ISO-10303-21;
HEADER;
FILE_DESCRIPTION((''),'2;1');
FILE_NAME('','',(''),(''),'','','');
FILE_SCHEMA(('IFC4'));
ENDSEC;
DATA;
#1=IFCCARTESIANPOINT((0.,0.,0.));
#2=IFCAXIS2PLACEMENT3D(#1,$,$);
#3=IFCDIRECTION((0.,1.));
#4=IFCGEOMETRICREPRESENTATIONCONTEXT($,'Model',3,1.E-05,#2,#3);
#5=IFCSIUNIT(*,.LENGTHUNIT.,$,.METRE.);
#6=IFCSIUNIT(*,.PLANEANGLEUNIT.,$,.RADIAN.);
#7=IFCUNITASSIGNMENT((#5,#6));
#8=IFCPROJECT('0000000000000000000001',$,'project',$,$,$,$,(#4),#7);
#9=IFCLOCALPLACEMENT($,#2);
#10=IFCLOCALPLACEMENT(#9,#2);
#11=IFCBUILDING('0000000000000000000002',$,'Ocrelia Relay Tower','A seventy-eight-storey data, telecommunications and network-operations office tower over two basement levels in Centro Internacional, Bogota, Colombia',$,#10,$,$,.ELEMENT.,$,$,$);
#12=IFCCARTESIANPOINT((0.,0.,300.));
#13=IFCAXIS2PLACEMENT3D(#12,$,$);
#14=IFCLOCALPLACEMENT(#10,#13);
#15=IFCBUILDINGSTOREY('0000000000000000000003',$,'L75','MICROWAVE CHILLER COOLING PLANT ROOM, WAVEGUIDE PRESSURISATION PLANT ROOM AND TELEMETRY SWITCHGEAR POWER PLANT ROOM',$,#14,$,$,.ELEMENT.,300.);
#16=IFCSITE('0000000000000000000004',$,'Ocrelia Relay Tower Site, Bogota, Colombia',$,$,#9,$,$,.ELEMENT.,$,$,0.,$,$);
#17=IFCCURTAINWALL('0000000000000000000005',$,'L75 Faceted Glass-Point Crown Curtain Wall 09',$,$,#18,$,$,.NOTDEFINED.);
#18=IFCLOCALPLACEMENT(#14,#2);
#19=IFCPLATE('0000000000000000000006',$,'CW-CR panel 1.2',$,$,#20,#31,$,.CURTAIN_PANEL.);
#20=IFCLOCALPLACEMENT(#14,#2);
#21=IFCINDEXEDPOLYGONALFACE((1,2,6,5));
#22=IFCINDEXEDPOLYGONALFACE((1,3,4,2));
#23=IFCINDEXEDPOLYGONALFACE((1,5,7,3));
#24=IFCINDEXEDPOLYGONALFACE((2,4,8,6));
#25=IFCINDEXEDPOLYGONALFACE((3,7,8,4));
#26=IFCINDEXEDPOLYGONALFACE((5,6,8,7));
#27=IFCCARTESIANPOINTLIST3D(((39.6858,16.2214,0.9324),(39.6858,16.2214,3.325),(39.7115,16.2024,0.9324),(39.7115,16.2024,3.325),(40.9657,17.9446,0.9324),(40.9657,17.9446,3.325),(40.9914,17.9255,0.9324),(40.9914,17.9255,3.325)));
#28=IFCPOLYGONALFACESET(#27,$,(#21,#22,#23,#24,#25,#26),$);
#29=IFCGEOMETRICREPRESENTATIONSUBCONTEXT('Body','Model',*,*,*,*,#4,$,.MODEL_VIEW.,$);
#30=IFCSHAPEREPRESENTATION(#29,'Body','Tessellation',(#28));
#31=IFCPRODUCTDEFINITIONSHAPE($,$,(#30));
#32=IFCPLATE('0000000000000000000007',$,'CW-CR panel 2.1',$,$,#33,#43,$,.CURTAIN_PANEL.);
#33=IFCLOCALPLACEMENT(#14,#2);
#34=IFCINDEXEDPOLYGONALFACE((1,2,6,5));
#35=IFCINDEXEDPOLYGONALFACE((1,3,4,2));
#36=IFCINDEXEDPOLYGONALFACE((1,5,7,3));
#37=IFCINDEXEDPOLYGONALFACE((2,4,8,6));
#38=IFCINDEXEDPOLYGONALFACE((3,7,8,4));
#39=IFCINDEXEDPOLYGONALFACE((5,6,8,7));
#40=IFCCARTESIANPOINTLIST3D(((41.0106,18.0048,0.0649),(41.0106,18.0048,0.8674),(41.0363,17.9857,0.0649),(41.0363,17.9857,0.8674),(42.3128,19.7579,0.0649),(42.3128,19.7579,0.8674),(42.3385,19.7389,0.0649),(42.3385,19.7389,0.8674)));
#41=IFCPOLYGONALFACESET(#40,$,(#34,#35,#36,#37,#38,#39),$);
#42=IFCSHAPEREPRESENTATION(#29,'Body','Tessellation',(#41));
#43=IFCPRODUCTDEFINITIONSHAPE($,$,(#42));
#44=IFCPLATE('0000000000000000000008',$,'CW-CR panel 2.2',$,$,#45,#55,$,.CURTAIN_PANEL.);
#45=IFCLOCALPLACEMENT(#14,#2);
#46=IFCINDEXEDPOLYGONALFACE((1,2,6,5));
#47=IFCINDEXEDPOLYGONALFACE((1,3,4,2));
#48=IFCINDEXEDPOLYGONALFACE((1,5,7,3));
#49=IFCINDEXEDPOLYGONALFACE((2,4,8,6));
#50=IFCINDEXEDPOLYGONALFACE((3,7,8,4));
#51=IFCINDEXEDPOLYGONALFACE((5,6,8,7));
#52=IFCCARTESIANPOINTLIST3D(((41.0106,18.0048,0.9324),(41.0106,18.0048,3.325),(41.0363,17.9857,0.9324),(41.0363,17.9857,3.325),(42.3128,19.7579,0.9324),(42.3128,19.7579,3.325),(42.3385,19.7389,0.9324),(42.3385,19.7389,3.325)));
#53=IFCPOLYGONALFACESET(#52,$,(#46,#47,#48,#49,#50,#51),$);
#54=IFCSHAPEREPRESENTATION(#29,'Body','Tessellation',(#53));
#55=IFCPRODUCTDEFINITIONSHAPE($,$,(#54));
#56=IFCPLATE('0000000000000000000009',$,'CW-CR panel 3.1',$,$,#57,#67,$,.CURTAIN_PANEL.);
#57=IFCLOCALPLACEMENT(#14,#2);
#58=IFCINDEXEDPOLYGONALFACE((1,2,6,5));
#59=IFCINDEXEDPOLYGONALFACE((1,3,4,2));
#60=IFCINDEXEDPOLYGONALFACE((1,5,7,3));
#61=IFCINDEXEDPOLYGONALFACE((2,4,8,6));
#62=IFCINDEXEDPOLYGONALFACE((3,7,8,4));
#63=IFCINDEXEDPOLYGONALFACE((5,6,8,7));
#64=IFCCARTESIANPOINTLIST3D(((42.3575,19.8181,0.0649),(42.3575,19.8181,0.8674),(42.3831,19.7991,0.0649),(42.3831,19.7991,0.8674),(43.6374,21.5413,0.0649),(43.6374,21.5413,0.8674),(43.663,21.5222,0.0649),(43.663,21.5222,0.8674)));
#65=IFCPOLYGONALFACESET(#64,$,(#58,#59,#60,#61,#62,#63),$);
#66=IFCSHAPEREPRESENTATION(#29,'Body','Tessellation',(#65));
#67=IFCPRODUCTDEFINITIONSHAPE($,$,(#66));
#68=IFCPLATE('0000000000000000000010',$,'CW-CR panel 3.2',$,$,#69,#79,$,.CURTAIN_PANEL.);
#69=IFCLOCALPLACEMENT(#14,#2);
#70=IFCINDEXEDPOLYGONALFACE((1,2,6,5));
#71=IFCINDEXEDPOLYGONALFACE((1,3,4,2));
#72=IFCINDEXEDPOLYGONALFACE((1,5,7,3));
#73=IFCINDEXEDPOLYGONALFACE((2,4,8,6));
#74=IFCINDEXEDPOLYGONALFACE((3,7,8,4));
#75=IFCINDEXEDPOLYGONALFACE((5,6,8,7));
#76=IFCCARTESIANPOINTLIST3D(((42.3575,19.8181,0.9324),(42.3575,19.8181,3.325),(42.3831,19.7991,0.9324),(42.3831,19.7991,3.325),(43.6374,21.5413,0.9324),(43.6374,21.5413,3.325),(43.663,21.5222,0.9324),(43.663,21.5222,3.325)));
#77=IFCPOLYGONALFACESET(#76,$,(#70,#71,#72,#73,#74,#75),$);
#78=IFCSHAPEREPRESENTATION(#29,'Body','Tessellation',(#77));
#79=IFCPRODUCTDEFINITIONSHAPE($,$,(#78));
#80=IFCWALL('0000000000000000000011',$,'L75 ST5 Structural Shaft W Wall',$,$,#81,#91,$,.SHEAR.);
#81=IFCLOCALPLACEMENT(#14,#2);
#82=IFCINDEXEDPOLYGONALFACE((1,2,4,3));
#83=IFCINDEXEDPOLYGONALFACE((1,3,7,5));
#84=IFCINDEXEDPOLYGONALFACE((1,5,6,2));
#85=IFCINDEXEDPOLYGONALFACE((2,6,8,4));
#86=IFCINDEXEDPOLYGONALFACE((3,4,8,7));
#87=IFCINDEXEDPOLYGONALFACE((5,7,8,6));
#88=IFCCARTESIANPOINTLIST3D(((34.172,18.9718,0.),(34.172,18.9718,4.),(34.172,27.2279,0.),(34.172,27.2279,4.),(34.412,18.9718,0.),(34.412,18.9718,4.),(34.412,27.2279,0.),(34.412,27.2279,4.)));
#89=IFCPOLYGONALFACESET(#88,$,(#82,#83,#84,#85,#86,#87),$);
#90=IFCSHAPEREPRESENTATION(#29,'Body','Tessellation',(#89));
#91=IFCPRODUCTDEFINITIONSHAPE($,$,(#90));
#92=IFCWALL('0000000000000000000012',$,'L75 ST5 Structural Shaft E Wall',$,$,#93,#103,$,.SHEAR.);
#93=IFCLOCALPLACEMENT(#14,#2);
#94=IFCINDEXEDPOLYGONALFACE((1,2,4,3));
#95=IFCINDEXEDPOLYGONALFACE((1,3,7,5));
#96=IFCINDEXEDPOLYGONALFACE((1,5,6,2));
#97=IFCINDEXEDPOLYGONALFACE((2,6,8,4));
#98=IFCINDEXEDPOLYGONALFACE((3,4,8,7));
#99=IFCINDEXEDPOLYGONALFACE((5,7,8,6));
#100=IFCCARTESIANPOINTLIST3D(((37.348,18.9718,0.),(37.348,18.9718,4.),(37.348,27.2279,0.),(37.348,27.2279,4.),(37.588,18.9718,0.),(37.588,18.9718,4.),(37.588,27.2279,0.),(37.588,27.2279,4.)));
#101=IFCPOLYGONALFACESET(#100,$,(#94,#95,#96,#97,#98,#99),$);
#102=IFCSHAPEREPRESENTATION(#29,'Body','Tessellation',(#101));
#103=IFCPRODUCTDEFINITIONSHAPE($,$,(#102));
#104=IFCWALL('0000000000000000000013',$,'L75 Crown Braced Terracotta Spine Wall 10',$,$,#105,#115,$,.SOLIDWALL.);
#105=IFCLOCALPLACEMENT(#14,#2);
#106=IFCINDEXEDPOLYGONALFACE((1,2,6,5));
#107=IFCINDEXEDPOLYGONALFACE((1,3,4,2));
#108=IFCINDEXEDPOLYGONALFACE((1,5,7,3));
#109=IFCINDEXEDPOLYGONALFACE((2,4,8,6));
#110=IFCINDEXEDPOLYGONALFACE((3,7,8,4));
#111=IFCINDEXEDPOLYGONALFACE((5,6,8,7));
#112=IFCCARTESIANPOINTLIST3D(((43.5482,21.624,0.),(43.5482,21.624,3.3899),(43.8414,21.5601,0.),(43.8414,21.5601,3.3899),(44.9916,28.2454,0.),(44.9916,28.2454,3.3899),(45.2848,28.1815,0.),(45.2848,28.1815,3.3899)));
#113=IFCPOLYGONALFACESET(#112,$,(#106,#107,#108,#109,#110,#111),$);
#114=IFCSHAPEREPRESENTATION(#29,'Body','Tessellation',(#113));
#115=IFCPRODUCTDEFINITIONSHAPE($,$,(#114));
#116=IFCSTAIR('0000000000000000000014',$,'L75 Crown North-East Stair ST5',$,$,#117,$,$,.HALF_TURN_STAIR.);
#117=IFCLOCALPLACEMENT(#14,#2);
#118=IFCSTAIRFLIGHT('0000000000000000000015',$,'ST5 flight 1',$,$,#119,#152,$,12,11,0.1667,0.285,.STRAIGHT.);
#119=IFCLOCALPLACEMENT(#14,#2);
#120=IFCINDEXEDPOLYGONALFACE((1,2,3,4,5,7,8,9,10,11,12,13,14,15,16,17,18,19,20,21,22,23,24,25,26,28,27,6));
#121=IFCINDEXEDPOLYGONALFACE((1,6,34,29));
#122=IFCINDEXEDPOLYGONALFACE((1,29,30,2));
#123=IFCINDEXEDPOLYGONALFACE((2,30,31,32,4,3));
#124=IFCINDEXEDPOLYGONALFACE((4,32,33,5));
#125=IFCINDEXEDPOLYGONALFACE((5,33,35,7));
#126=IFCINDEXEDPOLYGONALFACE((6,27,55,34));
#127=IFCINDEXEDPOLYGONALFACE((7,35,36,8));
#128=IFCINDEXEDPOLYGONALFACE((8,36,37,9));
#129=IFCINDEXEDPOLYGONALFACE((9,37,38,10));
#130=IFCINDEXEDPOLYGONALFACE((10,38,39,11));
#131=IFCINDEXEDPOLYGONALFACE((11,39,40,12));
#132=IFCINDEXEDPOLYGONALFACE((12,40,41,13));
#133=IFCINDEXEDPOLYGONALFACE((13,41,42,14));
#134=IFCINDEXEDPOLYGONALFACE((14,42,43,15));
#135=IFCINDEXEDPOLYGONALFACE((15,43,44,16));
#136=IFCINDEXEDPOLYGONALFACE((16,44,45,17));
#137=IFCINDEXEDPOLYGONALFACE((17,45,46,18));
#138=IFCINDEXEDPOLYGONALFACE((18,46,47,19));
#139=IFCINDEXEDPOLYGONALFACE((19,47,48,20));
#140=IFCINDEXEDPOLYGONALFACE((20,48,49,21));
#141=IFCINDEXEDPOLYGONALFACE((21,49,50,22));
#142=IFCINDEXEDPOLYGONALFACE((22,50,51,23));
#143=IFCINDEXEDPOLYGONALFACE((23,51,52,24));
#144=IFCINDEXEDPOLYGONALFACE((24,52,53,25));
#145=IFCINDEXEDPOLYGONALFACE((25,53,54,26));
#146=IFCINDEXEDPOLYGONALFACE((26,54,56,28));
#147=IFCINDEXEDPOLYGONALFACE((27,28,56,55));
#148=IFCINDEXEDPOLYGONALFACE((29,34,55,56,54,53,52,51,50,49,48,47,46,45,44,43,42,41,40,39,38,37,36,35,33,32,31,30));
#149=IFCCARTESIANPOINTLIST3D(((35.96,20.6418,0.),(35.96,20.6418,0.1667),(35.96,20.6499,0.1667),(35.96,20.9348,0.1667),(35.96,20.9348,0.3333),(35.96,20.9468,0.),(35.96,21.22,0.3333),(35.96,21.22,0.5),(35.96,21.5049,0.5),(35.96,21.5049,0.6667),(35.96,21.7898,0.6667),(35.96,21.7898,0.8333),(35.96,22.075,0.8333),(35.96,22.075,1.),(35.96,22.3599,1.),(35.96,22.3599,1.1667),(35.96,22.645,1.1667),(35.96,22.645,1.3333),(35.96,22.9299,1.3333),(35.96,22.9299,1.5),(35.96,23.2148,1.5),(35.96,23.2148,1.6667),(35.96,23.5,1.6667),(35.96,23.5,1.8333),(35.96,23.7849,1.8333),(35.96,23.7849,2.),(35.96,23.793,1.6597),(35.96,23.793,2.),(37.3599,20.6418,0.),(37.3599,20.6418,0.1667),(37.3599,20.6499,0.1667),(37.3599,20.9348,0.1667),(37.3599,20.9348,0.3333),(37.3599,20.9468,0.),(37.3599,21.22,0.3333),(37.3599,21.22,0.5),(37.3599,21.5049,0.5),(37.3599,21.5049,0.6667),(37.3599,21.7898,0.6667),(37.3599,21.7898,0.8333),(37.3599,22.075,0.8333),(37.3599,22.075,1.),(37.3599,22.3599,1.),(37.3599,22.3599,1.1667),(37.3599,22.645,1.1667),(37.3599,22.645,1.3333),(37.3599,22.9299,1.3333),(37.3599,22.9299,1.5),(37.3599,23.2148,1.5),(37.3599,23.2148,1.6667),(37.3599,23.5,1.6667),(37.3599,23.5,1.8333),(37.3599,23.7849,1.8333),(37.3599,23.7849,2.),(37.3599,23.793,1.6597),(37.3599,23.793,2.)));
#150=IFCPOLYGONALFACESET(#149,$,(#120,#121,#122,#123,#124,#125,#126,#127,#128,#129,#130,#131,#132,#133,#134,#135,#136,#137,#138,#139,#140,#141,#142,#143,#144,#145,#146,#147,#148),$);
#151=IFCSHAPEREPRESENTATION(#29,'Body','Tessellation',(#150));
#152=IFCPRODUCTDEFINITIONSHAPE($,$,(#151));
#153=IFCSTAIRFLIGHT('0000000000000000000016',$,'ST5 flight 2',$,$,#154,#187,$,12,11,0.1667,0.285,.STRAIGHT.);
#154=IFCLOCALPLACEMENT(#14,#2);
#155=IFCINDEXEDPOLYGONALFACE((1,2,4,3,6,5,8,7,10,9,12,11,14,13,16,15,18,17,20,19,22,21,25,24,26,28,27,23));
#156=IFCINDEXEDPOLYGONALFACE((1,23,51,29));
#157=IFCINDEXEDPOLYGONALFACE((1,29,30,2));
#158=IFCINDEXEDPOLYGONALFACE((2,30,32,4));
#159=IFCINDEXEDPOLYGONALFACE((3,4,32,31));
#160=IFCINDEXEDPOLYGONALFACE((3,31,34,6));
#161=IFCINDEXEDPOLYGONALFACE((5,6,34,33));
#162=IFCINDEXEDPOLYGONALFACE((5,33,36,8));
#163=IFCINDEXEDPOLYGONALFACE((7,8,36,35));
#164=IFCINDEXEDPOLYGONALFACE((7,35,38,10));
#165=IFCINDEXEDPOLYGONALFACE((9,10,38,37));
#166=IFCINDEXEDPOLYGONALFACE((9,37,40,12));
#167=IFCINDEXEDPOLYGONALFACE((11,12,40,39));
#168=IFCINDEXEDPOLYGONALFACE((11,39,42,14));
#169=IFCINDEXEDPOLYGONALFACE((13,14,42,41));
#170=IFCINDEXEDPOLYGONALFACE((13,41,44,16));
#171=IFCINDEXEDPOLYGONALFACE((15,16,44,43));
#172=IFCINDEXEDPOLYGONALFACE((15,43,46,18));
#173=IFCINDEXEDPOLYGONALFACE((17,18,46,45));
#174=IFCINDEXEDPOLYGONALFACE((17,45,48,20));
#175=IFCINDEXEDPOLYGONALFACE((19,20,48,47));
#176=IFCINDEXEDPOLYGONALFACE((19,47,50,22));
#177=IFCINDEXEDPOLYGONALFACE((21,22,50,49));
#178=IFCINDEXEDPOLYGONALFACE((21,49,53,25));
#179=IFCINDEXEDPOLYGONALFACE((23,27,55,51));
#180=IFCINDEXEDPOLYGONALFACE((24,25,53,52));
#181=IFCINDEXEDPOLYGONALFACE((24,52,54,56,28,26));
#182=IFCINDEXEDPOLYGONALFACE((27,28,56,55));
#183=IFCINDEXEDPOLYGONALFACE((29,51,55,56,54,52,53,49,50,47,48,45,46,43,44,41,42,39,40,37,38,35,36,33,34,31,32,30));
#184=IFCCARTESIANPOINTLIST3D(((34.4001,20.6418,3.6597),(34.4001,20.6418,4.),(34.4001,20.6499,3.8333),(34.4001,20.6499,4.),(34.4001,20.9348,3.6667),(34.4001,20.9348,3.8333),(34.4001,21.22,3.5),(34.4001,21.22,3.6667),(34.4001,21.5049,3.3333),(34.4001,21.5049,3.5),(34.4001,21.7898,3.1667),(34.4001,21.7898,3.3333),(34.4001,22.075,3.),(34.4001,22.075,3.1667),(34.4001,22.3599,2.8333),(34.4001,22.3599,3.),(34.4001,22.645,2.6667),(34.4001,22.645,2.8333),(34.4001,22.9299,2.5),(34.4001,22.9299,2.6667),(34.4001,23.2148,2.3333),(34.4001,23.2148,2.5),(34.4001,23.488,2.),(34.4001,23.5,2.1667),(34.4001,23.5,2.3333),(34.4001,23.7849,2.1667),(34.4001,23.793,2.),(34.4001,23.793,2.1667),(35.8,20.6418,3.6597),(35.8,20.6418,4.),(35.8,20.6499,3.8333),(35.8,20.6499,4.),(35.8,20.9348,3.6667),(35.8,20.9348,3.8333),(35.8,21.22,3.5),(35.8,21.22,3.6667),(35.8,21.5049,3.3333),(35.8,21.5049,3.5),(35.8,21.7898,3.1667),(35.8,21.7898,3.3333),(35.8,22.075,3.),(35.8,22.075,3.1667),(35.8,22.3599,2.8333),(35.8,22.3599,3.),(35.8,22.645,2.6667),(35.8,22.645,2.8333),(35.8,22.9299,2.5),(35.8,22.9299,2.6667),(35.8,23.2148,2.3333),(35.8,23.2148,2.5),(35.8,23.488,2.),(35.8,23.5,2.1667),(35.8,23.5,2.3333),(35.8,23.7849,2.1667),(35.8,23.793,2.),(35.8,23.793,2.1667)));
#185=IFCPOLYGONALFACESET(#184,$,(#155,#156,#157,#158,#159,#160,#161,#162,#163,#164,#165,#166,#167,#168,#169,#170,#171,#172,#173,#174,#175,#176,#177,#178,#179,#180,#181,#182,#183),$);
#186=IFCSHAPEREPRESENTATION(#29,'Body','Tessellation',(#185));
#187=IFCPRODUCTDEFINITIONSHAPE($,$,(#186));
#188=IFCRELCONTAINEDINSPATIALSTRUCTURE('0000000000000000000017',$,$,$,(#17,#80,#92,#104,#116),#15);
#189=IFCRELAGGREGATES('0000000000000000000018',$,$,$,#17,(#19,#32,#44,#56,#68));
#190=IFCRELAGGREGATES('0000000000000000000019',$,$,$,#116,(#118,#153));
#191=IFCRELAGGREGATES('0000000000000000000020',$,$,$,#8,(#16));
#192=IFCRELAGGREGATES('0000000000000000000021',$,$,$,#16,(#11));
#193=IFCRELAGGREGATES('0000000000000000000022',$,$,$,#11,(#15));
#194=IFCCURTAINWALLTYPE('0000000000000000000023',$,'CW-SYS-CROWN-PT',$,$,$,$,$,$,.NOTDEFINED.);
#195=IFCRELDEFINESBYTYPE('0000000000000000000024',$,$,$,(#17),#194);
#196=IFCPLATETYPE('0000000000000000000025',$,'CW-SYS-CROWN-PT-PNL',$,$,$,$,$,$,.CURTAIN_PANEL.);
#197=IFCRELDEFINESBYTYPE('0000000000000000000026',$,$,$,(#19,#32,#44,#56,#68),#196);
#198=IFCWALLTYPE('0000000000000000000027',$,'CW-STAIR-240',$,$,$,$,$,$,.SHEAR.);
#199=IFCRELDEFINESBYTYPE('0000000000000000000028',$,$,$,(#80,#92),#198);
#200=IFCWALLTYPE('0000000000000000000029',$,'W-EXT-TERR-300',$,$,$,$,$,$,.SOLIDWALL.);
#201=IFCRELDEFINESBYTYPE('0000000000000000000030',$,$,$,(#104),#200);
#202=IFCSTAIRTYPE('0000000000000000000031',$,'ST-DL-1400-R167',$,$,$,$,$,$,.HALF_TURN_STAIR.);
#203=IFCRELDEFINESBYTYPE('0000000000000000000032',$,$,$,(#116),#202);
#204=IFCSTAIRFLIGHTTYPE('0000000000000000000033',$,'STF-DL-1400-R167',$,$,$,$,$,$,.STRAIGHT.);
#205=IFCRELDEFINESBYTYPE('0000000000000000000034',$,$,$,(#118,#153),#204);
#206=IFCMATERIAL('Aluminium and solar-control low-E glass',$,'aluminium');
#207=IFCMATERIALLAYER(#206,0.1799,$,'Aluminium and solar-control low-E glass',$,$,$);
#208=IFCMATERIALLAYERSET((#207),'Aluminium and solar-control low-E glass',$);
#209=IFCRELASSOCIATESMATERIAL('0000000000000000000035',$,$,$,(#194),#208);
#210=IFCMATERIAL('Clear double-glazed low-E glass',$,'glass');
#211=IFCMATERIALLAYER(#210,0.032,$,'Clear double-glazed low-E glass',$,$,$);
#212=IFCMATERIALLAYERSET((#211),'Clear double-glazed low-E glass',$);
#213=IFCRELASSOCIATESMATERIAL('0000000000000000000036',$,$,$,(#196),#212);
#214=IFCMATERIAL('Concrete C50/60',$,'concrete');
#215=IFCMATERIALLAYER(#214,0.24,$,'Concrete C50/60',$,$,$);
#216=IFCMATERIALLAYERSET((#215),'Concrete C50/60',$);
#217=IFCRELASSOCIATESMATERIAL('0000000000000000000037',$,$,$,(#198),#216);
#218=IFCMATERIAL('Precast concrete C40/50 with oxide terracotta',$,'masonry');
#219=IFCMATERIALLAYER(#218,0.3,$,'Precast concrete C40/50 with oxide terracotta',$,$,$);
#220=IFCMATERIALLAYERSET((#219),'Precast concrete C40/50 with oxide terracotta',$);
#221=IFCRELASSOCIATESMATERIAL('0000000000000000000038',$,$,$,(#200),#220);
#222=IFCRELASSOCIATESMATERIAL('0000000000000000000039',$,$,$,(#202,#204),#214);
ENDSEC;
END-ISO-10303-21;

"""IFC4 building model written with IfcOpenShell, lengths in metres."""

from ifc_helpers import new_model, si_unit, direction, frame, frame_2d, origin, origin_2d, place, context, subcontext, project, spatial, polyline, rectangle, outline, extrude, material, layer, layer_set, type_object, element, aggregate, save


model = new_model("IFC4")

# Units and contexts
model_context = context("Model", 3, precision=1e-05, world=origin(), true_north=direction((0.0, 1.0)))
body_context = subcontext(model_context, "Body", "Model", "MODEL_VIEW")
ifc_project = project(units=[si_unit("LENGTHUNIT", "METRE"), si_unit("PLANEANGLEUNIT", "RADIAN")], contexts=[model_context])

# Site, building, storey
site_placement = place(None, origin())
site = spatial("IfcSite", under=ifc_project, at=site_placement, Name="Ocrelia Relay Tower Site, Bogota, Colombia", CompositionType="ELEMENT", RefElevation=0.0)
building_placement = place(site_placement, origin())
building = spatial("IfcBuilding", under=site, at=building_placement, Name="Ocrelia Relay Tower", Description="A seventy-eight-storey data, telecommunications and network-operations office tower over two basement levels in Centro Internacional, Bogota, Colombia", CompositionType="ELEMENT")
storey_placement = place(building_placement, frame((0.0, 0.0, 300.0)))
storey = spatial("IfcBuildingStorey", under=building, at=storey_placement, Name="L75", Description="MICROWAVE CHILLER COOLING PLANT ROOM, WAVEGUIDE PRESSURISATION PLANT ROOM AND TELEMETRY SWITCHGEAR POWER PLANT ROOM", CompositionType="ELEMENT", Elevation=300.0)

# Curtain wall
ifc_material_1 = material(Name="Aluminium and solar-control low-E glass", Category="aluminium")
ifc_layer_1 = layer(ifc_material_1, 0.1799, Name="Aluminium and solar-control low-E glass")
ifc_layer_set_1 = layer_set([ifc_layer_1], Name="Aluminium and solar-control low-E glass")
curtain_wall_type = type_object("IfcCurtainWallType", Name="CW-SYS-CROWN-PT", PredefinedType="NOTDEFINED", material=ifc_layer_set_1)
curtain_wall_placement = place(storey_placement, origin())
curtain_wall = element("IfcCurtainWall", 1, at=curtain_wall_placement, inside=storey, type_object=curtain_wall_type, Name="L75 Faceted Glass-Point Crown Curtain Wall 09", PredefinedType="NOTDEFINED")

# Plates
ifc_material_2 = material(Name="Clear double-glazed low-E glass", Category="glass")
ifc_layer_2 = layer(ifc_material_2, 0.032, Name="Clear double-glazed low-E glass")
ifc_layer_set_2 = layer_set([ifc_layer_2], Name="Clear double-glazed low-E glass")
plate_type = type_object("IfcPlateType", Name="CW-SYS-CROWN-PT-PNL", PredefinedType="CURTAIN_PANEL", material=ifc_layer_set_2)
plate_1_placement = place(storey_placement, frame((40.3386, 17.0735, 0.9324), z_axis=(0.0, 0.0, 1.0), x_axis=(0.59628, 0.802777, 0.0)))
plate_1 = element("IfcPlate", 2, at=plate_1_placement, type_object=plate_type, Name="CW-CR panel 1.2", PredefinedType="CURTAIN_PANEL", context=body_context, shape_type="SweptSolid", body=[
    extrude(rectangle(XDim=2.1465, YDim=0.032, at=origin_2d()), origin(), (0.0, 0.0, 1.0), 2.3926),
])
plate_2_placement = place(storey_placement, frame((41.6746, 18.8718, 0.0649), z_axis=(0.0, 0.0, 1.0), x_axis=(0.59628, 0.802777, 0.0)))
plate_2 = element("IfcPlate", 3, at=plate_2_placement, type_object=plate_type, Name="CW-CR panel 2.1", PredefinedType="CURTAIN_PANEL", context=body_context, shape_type="SweptSolid", body=[
    extrude(rectangle(XDim=2.1838, YDim=0.032, at=origin_2d()), origin(), (0.0, 0.0, 1.0), 0.8025),
])
plate_3_placement = place(storey_placement, frame((41.6746, 18.8718, 0.9324), z_axis=(0.0, 0.0, 1.0), x_axis=(0.59628, 0.802777, 0.0)))
plate_3 = element("IfcPlate", 4, at=plate_3_placement, type_object=plate_type, Name="CW-CR panel 2.2", PredefinedType="CURTAIN_PANEL", context=body_context, shape_type="SweptSolid", body=[
    extrude(rectangle(XDim=2.1838, YDim=0.032, at=origin_2d()), origin(), (0.0, 0.0, 1.0), 2.3926),
])
plate_4_placement = place(storey_placement, frame((43.0103, 20.6702, 0.0649), z_axis=(0.0, 0.0, 1.0), x_axis=(0.59628, 0.802777, 0.0)))
plate_4 = element("IfcPlate", 5, at=plate_4_placement, type_object=plate_type, Name="CW-CR panel 3.1", PredefinedType="CURTAIN_PANEL", context=body_context, shape_type="SweptSolid", body=[
    extrude(rectangle(XDim=2.1465, YDim=0.032, at=origin_2d()), origin(), (0.0, 0.0, 1.0), 0.8025),
])
plate_5_placement = place(storey_placement, frame((43.0103, 20.6702, 0.9324), z_axis=(0.0, 0.0, 1.0), x_axis=(0.59628, 0.802777, 0.0)))
plate_5 = element("IfcPlate", 6, at=plate_5_placement, type_object=plate_type, Name="CW-CR panel 3.2", PredefinedType="CURTAIN_PANEL", context=body_context, shape_type="SweptSolid", body=[
    extrude(rectangle(XDim=2.1465, YDim=0.032, at=origin_2d()), origin(), (0.0, 0.0, 1.0), 2.3926),
])
aggregate(curtain_wall, [plate_1, plate_2, plate_3, plate_4, plate_5])

# Shared definitions
ifc_material_3 = material(Name="Concrete C50/60", Category="concrete")
ifc_layer_3 = layer(ifc_material_3, 0.24, Name="Concrete C50/60")
ifc_layer_set_3 = layer_set([ifc_layer_3], Name="Concrete C50/60")
wall_type_1 = type_object("IfcWallType", Name="CW-STAIR-240", PredefinedType="SHEAR", material=ifc_layer_set_3)

# Walls
for number, where, z_axis, x_axis, name in (
    (7, (34.292, 18.9719, 0.0), (0.0, 0.0, 1.0), (0.0, 1.0, 0.0), "L75 ST5 Structural Shaft W Wall"),
    (8, (37.468, 18.9719, 0.0), (0.0, 0.0, 1.0), (0.0, 1.0, 0.0), "L75 ST5 Structural Shaft E Wall"),
):
    element("IfcWall", number, at=place(storey_placement, frame(where, z_axis=z_axis, x_axis=x_axis)), inside=storey, type_object=wall_type_1, Name=name, PredefinedType="SHEAR", context=body_context, shape_type="SweptSolid", body=[
        extrude(rectangle(XDim=8.2561, YDim=0.24, at=frame_2d((4.1279, 0.0))), origin(), (0.0, 0.0, 1.0), 4.0),
    ])
ifc_material_4 = material(Name="Precast concrete C40/50 with oxide terracotta", Category="masonry")
ifc_layer_4 = layer(ifc_material_4, 0.3, Name="Precast concrete C40/50 with oxide terracotta")
ifc_layer_set_4 = layer_set([ifc_layer_4], Name="Precast concrete C40/50 with oxide terracotta")
wall_type_2 = type_object("IfcWallType", Name="W-EXT-TERR-300", PredefinedType="SOLIDWALL", material=ifc_layer_set_4)
wall_1_placement = place(storey_placement, frame((43.6948, 21.592, 0.0), z_axis=(0.0, 0.0, 1.0), x_axis=(0.212984, 0.977056, 0.0)))
element("IfcWall", 9, at=wall_1_placement, inside=storey, type_object=wall_type_2, Name="L75 Crown Braced Terracotta Spine Wall 10", PredefinedType="SOLIDWALL", context=body_context, shape_type="SweptSolid", body=[
    extrude(rectangle(XDim=6.7769, YDim=0.3, at=frame_2d((3.3884, 0.0))), origin(), (0.0, 0.0, 1.0), 3.3899),
])

# Stair, stair flights
stair_type = type_object("IfcStairType", Name="ST-DL-1400-R167", PredefinedType="HALF_TURN_STAIR", material=ifc_material_3)
stair_placement = place(storey_placement, origin())
stair = element("IfcStair", 10, at=stair_placement, inside=storey, type_object=stair_type, Name="L75 Crown North-East Stair ST5", PredefinedType="HALF_TURN_STAIR")
stair_flight_type = type_object("IfcStairFlightType", Name="STF-DL-1400-R167", PredefinedType="STRAIGHT", material=ifc_material_3)
stair_flight_1_placement = place(storey_placement, frame((36.6599, 20.6499, 0.0), z_axis=(0.0, 0.0, 1.0), x_axis=(0.0, 1.0, 0.0)))
stair_flight_1 = element("IfcStairFlight", 11, at=stair_flight_1_placement, type_object=stair_flight_type, Name="ST5 flight 1", NumberOfRisers=12, NumberOfTreads=11, PredefinedType="STRAIGHT", RiserHeight=0.1667, TreadLength=0.285, context=body_context, shape_type="SweptSolid", body=[
    extrude(outline(polyline([(-0.0081, 0.0), (-0.0081, 0.1667), (0.0, 0.1667), (0.2849, 0.1667), (0.2849, 0.3333), (0.5701, 0.3333), (0.5701, 0.5), (0.855, 0.5), (0.855, 0.6667), (1.1399, 0.6667), (1.1399, 0.8333), (1.425, 0.8333), (1.425, 1.0), (1.71, 1.0), (1.71, 1.1667), (1.9951, 1.1667), (1.9951, 1.3333), (2.28, 1.3333), (2.28, 1.5), (2.5649, 1.5), (2.5649, 1.6667), (2.8501, 1.6667), (2.8501, 1.8333), (3.135, 1.8333), (3.135, 2.0), (3.1431, 2.0), (3.1431, 1.6597), (0.2969, 0.0), (-0.0081, 0.0)])), frame((0.0, 0.7, 0.0), z_axis=(0.0, -1.0, 0.0), x_axis=(1.0, 0.0, 0.0)), (0.0, 0.0, 1.0), 1.3999),
])
stair_flight_2_placement = place(storey_placement, frame((35.1001, 23.7849, 2.0), z_axis=(0.0, 0.0, 1.0), x_axis=(0.0, -1.0, 0.0)))
stair_flight_2 = element("IfcStairFlight", 12, at=stair_flight_2_placement, type_object=stair_flight_type, Name="ST5 flight 2", NumberOfRisers=12, NumberOfTreads=11, PredefinedType="STRAIGHT", RiserHeight=0.1667, TreadLength=0.285, context=body_context, shape_type="SweptSolid", body=[
    extrude(outline(polyline([(-0.0081, 0.0), (-0.0081, 0.1667), (0.0, 0.1667), (0.2849, 0.1667), (0.2849, 0.3333), (0.5701, 0.3333), (0.5701, 0.5), (0.855, 0.5), (0.855, 0.6667), (1.1399, 0.6667), (1.1399, 0.8333), (1.425, 0.8333), (1.425, 1.0), (1.71, 1.0), (1.71, 1.1667), (1.9951, 1.1667), (1.9951, 1.3333), (2.28, 1.3333), (2.28, 1.5), (2.5649, 1.5), (2.5649, 1.6667), (2.8501, 1.6667), (2.8501, 1.8333), (3.135, 1.8333), (3.135, 2.0), (3.1431, 2.0), (3.1431, 1.6597), (0.2969, 0.0), (-0.0081, 0.0)])), frame((0.0, 0.7, 0.0), z_axis=(0.0, -1.0, 0.0), x_axis=(1.0, 0.0, 0.0)), (0.0, 0.0, 1.0), 1.3999),
])
aggregate(stair, [stair_flight_1, stair_flight_2])

save(model, "model.ifc")
